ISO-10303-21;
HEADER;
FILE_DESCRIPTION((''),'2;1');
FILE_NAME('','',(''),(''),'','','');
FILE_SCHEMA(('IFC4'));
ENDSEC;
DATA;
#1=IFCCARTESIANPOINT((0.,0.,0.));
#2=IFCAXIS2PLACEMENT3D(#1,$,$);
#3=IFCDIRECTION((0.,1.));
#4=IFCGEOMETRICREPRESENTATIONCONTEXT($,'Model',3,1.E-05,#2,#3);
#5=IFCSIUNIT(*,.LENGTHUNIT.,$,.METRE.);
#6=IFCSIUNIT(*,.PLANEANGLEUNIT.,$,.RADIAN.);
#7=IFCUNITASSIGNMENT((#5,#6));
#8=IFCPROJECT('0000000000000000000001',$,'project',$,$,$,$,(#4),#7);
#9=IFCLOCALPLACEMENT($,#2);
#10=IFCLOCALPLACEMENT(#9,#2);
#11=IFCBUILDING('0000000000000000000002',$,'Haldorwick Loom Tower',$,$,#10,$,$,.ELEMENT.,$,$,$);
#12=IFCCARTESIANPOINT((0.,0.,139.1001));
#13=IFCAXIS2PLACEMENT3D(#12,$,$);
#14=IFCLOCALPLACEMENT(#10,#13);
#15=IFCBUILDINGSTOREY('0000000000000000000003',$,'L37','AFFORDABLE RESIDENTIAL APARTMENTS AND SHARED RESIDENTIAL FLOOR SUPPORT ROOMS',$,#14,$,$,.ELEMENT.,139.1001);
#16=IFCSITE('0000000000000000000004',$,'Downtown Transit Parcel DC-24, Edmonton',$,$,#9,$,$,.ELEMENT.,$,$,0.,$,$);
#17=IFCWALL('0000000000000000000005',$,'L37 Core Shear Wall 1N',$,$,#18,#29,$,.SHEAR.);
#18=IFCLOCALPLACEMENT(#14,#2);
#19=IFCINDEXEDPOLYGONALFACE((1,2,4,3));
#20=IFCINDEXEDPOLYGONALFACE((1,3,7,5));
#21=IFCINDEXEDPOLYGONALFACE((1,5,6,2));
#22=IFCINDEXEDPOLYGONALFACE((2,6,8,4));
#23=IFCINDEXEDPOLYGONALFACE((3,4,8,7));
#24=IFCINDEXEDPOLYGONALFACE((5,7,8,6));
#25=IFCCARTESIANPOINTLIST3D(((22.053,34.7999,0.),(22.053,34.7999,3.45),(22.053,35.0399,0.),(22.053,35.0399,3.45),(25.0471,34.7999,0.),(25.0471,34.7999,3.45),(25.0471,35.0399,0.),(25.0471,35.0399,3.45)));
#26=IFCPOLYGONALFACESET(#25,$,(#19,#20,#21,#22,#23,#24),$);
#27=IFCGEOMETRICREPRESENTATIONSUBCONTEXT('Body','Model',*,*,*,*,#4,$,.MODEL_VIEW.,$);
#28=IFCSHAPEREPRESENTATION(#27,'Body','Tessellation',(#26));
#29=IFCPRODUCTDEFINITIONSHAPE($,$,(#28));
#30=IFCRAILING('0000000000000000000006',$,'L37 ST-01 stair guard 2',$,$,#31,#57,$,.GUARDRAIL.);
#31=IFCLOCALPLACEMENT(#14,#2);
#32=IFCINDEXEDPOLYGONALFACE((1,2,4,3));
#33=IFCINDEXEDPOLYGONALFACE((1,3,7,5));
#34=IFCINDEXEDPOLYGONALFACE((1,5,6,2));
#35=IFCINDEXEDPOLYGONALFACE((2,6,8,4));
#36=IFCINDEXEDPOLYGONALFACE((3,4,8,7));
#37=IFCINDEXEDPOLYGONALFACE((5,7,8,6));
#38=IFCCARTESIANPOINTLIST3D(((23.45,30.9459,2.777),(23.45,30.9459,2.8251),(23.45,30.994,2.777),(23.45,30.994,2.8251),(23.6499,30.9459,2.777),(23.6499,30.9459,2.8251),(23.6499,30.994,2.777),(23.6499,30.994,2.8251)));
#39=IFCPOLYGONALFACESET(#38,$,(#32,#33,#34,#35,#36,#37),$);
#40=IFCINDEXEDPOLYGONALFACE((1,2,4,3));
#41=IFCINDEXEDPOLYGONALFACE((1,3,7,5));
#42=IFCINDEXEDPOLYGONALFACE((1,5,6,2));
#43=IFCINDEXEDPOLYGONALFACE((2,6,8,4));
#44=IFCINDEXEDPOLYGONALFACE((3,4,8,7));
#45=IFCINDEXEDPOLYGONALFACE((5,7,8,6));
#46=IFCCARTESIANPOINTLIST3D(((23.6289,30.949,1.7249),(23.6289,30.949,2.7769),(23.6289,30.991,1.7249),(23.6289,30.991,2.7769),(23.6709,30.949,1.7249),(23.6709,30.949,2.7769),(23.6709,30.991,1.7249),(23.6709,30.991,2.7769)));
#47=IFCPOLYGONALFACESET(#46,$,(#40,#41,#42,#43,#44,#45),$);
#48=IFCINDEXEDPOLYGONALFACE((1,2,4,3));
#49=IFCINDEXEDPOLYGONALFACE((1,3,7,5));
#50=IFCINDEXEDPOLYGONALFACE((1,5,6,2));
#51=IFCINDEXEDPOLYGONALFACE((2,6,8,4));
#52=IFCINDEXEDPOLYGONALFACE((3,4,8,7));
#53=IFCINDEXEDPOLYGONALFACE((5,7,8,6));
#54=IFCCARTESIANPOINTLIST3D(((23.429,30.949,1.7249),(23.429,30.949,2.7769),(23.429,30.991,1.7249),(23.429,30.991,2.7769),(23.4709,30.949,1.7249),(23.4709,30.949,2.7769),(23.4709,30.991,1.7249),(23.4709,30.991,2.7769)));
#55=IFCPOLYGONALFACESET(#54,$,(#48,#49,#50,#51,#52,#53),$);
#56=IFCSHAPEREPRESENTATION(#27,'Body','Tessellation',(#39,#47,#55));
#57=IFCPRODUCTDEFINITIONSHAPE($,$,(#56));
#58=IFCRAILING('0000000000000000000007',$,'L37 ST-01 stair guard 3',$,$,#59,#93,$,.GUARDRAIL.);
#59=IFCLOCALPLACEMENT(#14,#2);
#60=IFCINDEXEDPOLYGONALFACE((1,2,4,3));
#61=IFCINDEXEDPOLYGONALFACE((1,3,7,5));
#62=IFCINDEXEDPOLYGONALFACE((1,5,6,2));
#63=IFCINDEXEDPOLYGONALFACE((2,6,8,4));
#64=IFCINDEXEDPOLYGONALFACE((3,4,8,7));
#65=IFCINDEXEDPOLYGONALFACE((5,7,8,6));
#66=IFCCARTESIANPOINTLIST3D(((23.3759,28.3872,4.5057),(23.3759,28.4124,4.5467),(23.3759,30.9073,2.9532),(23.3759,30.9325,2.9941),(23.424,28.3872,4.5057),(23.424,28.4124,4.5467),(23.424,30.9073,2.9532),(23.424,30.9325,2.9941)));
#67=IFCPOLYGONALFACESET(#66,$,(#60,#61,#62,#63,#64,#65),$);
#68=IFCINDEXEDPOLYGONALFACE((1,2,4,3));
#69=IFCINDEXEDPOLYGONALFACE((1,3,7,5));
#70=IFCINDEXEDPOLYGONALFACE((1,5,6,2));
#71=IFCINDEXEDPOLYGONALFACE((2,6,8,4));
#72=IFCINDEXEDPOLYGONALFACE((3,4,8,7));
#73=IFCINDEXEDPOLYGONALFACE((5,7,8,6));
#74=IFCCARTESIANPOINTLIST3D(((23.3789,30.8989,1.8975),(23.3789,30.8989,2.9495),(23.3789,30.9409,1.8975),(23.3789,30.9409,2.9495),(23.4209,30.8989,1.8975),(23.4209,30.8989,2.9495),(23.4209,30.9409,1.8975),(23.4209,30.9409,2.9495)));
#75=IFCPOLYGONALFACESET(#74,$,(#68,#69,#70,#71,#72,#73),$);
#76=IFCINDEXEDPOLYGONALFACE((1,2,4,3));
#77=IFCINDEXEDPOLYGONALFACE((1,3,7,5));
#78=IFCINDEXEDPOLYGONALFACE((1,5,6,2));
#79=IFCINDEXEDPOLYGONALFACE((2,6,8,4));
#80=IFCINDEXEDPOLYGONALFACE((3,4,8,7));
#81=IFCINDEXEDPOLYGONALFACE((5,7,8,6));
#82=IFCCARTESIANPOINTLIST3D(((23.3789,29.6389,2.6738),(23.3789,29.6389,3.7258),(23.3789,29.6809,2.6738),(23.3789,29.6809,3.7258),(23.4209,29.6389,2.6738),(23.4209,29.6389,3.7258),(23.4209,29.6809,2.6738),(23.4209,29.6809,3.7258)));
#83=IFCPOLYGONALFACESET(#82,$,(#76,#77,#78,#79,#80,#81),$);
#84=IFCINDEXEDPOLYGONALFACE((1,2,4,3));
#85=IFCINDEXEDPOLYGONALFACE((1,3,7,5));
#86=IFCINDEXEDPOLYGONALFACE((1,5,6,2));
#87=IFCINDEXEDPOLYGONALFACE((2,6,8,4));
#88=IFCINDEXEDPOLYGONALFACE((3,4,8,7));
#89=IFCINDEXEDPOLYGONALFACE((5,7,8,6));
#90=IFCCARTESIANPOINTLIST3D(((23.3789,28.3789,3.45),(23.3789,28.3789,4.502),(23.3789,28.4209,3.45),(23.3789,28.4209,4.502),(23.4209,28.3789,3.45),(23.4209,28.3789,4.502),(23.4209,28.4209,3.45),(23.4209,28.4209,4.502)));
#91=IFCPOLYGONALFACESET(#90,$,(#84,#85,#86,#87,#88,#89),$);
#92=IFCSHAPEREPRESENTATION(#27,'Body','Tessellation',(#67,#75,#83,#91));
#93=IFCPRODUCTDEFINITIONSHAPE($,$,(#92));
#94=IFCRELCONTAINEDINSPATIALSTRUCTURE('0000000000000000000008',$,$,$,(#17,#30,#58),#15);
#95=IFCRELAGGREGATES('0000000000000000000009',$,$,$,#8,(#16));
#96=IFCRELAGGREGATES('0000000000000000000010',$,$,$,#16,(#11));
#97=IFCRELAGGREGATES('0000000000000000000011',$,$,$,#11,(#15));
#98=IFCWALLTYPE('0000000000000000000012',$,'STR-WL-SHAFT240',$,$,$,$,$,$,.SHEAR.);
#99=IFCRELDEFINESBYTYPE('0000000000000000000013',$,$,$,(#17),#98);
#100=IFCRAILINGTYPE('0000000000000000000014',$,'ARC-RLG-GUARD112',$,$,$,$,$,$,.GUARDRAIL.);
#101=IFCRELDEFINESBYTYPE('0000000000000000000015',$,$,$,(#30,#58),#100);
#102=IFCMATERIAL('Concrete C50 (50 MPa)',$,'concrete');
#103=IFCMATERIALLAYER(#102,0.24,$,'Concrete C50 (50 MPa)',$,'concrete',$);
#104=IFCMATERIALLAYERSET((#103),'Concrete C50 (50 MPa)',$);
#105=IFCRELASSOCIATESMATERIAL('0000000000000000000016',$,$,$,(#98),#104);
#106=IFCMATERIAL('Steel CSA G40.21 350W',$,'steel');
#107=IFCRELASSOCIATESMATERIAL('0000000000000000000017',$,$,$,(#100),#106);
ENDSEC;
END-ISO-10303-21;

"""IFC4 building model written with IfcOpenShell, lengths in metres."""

from ifc_helpers import new_model, si_unit, direction, frame, frame_2d, origin, origin_2d, place, context, subcontext, project, spatial, rectangle, extrude, material, layer, layer_set, type_object, element, save


model = new_model("IFC4")

# Units and contexts
model_context = context("Model", 3, precision=1e-05, world=origin(), true_north=direction((0.0, 1.0)))
body_context = subcontext(model_context, "Body", "Model", "MODEL_VIEW")
ifc_project = project(units=[si_unit("LENGTHUNIT", "METRE"), si_unit("PLANEANGLEUNIT", "RADIAN")], contexts=[model_context])

# Site, building, storey
site_placement = place(None, origin())
site = spatial("IfcSite", under=ifc_project, at=site_placement, Name="Downtown Transit Parcel DC-24, Edmonton", CompositionType="ELEMENT", RefElevation=0.0)
building_placement = place(site_placement, origin())
building = spatial("IfcBuilding", under=site, at=building_placement, Name="Haldorwick Loom Tower", CompositionType="ELEMENT")
storey_placement = place(building_placement, frame((0.0, 0.0, 139.1001)))
storey = spatial("IfcBuildingStorey", under=building, at=storey_placement, Name="L37", Description="AFFORDABLE RESIDENTIAL APARTMENTS AND SHARED RESIDENTIAL FLOOR SUPPORT ROOMS", CompositionType="ELEMENT", Elevation=139.1001)

# Shared definitions
ifc_material_1 = material(Name="Steel CSA G40.21 350W", Category="steel")

# Wall
ifc_material_2 = material(Name="Concrete C50 (50 MPa)", Category="concrete")
ifc_layer = layer(ifc_material_2, 0.24, Name="Concrete C50 (50 MPa)", Category="concrete")
ifc_layer_set = layer_set([ifc_layer], Name="Concrete C50 (50 MPa)")
wall_type = type_object("IfcWallType", Name="STR-WL-SHAFT240", PredefinedType="SHEAR", material=ifc_layer_set)
wall_1_placement = place(storey_placement, frame((22.053, 34.9199, 0.0), z_axis=(0.0, 0.0, 1.0), x_axis=(1.0, 0.0, 0.0)))
element("IfcWall", 1, at=wall_1_placement, inside=storey, type_object=wall_type, Name="L37 Core Shear Wall 1N", PredefinedType="SHEAR", context=body_context, shape_type="SweptSolid", body=[
    extrude(rectangle(XDim=2.9941, YDim=0.24, at=frame_2d((1.4971, 0.0))), origin(), (0.0, 0.0, 1.0), 3.45),
])

# Railings
railing_type = type_object("IfcRailingType", Name="ARC-RLG-GUARD112", PredefinedType="GUARDRAIL", material=ifc_material_1)
railing_1_placement = place(storey_placement, frame((23.6499, 30.97, 1.7249)))
element("IfcRailing", 2, at=railing_1_placement, inside=storey, type_object=railing_type, Name="L37 ST-01 stair guard 2", PredefinedType="GUARDRAIL", context=body_context, shape_type="SweptSolid", body=[
    extrude(rectangle(XDim=0.0481, YDim=0.0481, at=origin_2d()), frame((0.0, 0.0, 1.0762), z_axis=(-1.0, 0.0, 0.0), x_axis=(0.0, -1.0, 0.0)), (0.0, 0.0, 1.0), 0.2),
    extrude(rectangle(XDim=0.042, YDim=0.042, at=origin_2d()), origin(), (0.0, 0.0, 1.0), 1.052),
    extrude(rectangle(XDim=0.042, YDim=0.042, at=origin_2d()), frame((-0.2, 0.0, 0.0)), (0.0, 0.0, 1.0), 1.052),
])
railing_2_placement = place(storey_placement, frame((23.3999, 30.9199, 1.8975)))
element("IfcRailing", 3, at=railing_2_placement, inside=storey, type_object=railing_type, Name="L37 ST-01 stair guard 3", PredefinedType="GUARDRAIL", context=body_context, shape_type="SweptSolid", body=[
    extrude(rectangle(XDim=0.0481, YDim=0.0481, at=origin_2d()), frame((0.0, 0.0, 1.0762), z_axis=(0.0, -0.8514, 0.524516), x_axis=(1.0, 0.0, 0.0)), (0.0, 0.0, 1.0), 2.96),
    extrude(rectangle(XDim=0.042, YDim=0.042, at=origin_2d()), origin(), (0.0, 0.0, 1.0), 1.052),
    extrude(rectangle(XDim=0.042, YDim=0.042, at=origin_2d()), frame((0.0, -1.26, 0.7764)), (0.0, 0.0, 1.0), 1.052),
    extrude(rectangle(XDim=0.042, YDim=0.042, at=origin_2d()), frame((0.0, -2.52, 1.5525)), (0.0, 0.0, 1.0), 1.052),
])

save(model, "model.ifc")
